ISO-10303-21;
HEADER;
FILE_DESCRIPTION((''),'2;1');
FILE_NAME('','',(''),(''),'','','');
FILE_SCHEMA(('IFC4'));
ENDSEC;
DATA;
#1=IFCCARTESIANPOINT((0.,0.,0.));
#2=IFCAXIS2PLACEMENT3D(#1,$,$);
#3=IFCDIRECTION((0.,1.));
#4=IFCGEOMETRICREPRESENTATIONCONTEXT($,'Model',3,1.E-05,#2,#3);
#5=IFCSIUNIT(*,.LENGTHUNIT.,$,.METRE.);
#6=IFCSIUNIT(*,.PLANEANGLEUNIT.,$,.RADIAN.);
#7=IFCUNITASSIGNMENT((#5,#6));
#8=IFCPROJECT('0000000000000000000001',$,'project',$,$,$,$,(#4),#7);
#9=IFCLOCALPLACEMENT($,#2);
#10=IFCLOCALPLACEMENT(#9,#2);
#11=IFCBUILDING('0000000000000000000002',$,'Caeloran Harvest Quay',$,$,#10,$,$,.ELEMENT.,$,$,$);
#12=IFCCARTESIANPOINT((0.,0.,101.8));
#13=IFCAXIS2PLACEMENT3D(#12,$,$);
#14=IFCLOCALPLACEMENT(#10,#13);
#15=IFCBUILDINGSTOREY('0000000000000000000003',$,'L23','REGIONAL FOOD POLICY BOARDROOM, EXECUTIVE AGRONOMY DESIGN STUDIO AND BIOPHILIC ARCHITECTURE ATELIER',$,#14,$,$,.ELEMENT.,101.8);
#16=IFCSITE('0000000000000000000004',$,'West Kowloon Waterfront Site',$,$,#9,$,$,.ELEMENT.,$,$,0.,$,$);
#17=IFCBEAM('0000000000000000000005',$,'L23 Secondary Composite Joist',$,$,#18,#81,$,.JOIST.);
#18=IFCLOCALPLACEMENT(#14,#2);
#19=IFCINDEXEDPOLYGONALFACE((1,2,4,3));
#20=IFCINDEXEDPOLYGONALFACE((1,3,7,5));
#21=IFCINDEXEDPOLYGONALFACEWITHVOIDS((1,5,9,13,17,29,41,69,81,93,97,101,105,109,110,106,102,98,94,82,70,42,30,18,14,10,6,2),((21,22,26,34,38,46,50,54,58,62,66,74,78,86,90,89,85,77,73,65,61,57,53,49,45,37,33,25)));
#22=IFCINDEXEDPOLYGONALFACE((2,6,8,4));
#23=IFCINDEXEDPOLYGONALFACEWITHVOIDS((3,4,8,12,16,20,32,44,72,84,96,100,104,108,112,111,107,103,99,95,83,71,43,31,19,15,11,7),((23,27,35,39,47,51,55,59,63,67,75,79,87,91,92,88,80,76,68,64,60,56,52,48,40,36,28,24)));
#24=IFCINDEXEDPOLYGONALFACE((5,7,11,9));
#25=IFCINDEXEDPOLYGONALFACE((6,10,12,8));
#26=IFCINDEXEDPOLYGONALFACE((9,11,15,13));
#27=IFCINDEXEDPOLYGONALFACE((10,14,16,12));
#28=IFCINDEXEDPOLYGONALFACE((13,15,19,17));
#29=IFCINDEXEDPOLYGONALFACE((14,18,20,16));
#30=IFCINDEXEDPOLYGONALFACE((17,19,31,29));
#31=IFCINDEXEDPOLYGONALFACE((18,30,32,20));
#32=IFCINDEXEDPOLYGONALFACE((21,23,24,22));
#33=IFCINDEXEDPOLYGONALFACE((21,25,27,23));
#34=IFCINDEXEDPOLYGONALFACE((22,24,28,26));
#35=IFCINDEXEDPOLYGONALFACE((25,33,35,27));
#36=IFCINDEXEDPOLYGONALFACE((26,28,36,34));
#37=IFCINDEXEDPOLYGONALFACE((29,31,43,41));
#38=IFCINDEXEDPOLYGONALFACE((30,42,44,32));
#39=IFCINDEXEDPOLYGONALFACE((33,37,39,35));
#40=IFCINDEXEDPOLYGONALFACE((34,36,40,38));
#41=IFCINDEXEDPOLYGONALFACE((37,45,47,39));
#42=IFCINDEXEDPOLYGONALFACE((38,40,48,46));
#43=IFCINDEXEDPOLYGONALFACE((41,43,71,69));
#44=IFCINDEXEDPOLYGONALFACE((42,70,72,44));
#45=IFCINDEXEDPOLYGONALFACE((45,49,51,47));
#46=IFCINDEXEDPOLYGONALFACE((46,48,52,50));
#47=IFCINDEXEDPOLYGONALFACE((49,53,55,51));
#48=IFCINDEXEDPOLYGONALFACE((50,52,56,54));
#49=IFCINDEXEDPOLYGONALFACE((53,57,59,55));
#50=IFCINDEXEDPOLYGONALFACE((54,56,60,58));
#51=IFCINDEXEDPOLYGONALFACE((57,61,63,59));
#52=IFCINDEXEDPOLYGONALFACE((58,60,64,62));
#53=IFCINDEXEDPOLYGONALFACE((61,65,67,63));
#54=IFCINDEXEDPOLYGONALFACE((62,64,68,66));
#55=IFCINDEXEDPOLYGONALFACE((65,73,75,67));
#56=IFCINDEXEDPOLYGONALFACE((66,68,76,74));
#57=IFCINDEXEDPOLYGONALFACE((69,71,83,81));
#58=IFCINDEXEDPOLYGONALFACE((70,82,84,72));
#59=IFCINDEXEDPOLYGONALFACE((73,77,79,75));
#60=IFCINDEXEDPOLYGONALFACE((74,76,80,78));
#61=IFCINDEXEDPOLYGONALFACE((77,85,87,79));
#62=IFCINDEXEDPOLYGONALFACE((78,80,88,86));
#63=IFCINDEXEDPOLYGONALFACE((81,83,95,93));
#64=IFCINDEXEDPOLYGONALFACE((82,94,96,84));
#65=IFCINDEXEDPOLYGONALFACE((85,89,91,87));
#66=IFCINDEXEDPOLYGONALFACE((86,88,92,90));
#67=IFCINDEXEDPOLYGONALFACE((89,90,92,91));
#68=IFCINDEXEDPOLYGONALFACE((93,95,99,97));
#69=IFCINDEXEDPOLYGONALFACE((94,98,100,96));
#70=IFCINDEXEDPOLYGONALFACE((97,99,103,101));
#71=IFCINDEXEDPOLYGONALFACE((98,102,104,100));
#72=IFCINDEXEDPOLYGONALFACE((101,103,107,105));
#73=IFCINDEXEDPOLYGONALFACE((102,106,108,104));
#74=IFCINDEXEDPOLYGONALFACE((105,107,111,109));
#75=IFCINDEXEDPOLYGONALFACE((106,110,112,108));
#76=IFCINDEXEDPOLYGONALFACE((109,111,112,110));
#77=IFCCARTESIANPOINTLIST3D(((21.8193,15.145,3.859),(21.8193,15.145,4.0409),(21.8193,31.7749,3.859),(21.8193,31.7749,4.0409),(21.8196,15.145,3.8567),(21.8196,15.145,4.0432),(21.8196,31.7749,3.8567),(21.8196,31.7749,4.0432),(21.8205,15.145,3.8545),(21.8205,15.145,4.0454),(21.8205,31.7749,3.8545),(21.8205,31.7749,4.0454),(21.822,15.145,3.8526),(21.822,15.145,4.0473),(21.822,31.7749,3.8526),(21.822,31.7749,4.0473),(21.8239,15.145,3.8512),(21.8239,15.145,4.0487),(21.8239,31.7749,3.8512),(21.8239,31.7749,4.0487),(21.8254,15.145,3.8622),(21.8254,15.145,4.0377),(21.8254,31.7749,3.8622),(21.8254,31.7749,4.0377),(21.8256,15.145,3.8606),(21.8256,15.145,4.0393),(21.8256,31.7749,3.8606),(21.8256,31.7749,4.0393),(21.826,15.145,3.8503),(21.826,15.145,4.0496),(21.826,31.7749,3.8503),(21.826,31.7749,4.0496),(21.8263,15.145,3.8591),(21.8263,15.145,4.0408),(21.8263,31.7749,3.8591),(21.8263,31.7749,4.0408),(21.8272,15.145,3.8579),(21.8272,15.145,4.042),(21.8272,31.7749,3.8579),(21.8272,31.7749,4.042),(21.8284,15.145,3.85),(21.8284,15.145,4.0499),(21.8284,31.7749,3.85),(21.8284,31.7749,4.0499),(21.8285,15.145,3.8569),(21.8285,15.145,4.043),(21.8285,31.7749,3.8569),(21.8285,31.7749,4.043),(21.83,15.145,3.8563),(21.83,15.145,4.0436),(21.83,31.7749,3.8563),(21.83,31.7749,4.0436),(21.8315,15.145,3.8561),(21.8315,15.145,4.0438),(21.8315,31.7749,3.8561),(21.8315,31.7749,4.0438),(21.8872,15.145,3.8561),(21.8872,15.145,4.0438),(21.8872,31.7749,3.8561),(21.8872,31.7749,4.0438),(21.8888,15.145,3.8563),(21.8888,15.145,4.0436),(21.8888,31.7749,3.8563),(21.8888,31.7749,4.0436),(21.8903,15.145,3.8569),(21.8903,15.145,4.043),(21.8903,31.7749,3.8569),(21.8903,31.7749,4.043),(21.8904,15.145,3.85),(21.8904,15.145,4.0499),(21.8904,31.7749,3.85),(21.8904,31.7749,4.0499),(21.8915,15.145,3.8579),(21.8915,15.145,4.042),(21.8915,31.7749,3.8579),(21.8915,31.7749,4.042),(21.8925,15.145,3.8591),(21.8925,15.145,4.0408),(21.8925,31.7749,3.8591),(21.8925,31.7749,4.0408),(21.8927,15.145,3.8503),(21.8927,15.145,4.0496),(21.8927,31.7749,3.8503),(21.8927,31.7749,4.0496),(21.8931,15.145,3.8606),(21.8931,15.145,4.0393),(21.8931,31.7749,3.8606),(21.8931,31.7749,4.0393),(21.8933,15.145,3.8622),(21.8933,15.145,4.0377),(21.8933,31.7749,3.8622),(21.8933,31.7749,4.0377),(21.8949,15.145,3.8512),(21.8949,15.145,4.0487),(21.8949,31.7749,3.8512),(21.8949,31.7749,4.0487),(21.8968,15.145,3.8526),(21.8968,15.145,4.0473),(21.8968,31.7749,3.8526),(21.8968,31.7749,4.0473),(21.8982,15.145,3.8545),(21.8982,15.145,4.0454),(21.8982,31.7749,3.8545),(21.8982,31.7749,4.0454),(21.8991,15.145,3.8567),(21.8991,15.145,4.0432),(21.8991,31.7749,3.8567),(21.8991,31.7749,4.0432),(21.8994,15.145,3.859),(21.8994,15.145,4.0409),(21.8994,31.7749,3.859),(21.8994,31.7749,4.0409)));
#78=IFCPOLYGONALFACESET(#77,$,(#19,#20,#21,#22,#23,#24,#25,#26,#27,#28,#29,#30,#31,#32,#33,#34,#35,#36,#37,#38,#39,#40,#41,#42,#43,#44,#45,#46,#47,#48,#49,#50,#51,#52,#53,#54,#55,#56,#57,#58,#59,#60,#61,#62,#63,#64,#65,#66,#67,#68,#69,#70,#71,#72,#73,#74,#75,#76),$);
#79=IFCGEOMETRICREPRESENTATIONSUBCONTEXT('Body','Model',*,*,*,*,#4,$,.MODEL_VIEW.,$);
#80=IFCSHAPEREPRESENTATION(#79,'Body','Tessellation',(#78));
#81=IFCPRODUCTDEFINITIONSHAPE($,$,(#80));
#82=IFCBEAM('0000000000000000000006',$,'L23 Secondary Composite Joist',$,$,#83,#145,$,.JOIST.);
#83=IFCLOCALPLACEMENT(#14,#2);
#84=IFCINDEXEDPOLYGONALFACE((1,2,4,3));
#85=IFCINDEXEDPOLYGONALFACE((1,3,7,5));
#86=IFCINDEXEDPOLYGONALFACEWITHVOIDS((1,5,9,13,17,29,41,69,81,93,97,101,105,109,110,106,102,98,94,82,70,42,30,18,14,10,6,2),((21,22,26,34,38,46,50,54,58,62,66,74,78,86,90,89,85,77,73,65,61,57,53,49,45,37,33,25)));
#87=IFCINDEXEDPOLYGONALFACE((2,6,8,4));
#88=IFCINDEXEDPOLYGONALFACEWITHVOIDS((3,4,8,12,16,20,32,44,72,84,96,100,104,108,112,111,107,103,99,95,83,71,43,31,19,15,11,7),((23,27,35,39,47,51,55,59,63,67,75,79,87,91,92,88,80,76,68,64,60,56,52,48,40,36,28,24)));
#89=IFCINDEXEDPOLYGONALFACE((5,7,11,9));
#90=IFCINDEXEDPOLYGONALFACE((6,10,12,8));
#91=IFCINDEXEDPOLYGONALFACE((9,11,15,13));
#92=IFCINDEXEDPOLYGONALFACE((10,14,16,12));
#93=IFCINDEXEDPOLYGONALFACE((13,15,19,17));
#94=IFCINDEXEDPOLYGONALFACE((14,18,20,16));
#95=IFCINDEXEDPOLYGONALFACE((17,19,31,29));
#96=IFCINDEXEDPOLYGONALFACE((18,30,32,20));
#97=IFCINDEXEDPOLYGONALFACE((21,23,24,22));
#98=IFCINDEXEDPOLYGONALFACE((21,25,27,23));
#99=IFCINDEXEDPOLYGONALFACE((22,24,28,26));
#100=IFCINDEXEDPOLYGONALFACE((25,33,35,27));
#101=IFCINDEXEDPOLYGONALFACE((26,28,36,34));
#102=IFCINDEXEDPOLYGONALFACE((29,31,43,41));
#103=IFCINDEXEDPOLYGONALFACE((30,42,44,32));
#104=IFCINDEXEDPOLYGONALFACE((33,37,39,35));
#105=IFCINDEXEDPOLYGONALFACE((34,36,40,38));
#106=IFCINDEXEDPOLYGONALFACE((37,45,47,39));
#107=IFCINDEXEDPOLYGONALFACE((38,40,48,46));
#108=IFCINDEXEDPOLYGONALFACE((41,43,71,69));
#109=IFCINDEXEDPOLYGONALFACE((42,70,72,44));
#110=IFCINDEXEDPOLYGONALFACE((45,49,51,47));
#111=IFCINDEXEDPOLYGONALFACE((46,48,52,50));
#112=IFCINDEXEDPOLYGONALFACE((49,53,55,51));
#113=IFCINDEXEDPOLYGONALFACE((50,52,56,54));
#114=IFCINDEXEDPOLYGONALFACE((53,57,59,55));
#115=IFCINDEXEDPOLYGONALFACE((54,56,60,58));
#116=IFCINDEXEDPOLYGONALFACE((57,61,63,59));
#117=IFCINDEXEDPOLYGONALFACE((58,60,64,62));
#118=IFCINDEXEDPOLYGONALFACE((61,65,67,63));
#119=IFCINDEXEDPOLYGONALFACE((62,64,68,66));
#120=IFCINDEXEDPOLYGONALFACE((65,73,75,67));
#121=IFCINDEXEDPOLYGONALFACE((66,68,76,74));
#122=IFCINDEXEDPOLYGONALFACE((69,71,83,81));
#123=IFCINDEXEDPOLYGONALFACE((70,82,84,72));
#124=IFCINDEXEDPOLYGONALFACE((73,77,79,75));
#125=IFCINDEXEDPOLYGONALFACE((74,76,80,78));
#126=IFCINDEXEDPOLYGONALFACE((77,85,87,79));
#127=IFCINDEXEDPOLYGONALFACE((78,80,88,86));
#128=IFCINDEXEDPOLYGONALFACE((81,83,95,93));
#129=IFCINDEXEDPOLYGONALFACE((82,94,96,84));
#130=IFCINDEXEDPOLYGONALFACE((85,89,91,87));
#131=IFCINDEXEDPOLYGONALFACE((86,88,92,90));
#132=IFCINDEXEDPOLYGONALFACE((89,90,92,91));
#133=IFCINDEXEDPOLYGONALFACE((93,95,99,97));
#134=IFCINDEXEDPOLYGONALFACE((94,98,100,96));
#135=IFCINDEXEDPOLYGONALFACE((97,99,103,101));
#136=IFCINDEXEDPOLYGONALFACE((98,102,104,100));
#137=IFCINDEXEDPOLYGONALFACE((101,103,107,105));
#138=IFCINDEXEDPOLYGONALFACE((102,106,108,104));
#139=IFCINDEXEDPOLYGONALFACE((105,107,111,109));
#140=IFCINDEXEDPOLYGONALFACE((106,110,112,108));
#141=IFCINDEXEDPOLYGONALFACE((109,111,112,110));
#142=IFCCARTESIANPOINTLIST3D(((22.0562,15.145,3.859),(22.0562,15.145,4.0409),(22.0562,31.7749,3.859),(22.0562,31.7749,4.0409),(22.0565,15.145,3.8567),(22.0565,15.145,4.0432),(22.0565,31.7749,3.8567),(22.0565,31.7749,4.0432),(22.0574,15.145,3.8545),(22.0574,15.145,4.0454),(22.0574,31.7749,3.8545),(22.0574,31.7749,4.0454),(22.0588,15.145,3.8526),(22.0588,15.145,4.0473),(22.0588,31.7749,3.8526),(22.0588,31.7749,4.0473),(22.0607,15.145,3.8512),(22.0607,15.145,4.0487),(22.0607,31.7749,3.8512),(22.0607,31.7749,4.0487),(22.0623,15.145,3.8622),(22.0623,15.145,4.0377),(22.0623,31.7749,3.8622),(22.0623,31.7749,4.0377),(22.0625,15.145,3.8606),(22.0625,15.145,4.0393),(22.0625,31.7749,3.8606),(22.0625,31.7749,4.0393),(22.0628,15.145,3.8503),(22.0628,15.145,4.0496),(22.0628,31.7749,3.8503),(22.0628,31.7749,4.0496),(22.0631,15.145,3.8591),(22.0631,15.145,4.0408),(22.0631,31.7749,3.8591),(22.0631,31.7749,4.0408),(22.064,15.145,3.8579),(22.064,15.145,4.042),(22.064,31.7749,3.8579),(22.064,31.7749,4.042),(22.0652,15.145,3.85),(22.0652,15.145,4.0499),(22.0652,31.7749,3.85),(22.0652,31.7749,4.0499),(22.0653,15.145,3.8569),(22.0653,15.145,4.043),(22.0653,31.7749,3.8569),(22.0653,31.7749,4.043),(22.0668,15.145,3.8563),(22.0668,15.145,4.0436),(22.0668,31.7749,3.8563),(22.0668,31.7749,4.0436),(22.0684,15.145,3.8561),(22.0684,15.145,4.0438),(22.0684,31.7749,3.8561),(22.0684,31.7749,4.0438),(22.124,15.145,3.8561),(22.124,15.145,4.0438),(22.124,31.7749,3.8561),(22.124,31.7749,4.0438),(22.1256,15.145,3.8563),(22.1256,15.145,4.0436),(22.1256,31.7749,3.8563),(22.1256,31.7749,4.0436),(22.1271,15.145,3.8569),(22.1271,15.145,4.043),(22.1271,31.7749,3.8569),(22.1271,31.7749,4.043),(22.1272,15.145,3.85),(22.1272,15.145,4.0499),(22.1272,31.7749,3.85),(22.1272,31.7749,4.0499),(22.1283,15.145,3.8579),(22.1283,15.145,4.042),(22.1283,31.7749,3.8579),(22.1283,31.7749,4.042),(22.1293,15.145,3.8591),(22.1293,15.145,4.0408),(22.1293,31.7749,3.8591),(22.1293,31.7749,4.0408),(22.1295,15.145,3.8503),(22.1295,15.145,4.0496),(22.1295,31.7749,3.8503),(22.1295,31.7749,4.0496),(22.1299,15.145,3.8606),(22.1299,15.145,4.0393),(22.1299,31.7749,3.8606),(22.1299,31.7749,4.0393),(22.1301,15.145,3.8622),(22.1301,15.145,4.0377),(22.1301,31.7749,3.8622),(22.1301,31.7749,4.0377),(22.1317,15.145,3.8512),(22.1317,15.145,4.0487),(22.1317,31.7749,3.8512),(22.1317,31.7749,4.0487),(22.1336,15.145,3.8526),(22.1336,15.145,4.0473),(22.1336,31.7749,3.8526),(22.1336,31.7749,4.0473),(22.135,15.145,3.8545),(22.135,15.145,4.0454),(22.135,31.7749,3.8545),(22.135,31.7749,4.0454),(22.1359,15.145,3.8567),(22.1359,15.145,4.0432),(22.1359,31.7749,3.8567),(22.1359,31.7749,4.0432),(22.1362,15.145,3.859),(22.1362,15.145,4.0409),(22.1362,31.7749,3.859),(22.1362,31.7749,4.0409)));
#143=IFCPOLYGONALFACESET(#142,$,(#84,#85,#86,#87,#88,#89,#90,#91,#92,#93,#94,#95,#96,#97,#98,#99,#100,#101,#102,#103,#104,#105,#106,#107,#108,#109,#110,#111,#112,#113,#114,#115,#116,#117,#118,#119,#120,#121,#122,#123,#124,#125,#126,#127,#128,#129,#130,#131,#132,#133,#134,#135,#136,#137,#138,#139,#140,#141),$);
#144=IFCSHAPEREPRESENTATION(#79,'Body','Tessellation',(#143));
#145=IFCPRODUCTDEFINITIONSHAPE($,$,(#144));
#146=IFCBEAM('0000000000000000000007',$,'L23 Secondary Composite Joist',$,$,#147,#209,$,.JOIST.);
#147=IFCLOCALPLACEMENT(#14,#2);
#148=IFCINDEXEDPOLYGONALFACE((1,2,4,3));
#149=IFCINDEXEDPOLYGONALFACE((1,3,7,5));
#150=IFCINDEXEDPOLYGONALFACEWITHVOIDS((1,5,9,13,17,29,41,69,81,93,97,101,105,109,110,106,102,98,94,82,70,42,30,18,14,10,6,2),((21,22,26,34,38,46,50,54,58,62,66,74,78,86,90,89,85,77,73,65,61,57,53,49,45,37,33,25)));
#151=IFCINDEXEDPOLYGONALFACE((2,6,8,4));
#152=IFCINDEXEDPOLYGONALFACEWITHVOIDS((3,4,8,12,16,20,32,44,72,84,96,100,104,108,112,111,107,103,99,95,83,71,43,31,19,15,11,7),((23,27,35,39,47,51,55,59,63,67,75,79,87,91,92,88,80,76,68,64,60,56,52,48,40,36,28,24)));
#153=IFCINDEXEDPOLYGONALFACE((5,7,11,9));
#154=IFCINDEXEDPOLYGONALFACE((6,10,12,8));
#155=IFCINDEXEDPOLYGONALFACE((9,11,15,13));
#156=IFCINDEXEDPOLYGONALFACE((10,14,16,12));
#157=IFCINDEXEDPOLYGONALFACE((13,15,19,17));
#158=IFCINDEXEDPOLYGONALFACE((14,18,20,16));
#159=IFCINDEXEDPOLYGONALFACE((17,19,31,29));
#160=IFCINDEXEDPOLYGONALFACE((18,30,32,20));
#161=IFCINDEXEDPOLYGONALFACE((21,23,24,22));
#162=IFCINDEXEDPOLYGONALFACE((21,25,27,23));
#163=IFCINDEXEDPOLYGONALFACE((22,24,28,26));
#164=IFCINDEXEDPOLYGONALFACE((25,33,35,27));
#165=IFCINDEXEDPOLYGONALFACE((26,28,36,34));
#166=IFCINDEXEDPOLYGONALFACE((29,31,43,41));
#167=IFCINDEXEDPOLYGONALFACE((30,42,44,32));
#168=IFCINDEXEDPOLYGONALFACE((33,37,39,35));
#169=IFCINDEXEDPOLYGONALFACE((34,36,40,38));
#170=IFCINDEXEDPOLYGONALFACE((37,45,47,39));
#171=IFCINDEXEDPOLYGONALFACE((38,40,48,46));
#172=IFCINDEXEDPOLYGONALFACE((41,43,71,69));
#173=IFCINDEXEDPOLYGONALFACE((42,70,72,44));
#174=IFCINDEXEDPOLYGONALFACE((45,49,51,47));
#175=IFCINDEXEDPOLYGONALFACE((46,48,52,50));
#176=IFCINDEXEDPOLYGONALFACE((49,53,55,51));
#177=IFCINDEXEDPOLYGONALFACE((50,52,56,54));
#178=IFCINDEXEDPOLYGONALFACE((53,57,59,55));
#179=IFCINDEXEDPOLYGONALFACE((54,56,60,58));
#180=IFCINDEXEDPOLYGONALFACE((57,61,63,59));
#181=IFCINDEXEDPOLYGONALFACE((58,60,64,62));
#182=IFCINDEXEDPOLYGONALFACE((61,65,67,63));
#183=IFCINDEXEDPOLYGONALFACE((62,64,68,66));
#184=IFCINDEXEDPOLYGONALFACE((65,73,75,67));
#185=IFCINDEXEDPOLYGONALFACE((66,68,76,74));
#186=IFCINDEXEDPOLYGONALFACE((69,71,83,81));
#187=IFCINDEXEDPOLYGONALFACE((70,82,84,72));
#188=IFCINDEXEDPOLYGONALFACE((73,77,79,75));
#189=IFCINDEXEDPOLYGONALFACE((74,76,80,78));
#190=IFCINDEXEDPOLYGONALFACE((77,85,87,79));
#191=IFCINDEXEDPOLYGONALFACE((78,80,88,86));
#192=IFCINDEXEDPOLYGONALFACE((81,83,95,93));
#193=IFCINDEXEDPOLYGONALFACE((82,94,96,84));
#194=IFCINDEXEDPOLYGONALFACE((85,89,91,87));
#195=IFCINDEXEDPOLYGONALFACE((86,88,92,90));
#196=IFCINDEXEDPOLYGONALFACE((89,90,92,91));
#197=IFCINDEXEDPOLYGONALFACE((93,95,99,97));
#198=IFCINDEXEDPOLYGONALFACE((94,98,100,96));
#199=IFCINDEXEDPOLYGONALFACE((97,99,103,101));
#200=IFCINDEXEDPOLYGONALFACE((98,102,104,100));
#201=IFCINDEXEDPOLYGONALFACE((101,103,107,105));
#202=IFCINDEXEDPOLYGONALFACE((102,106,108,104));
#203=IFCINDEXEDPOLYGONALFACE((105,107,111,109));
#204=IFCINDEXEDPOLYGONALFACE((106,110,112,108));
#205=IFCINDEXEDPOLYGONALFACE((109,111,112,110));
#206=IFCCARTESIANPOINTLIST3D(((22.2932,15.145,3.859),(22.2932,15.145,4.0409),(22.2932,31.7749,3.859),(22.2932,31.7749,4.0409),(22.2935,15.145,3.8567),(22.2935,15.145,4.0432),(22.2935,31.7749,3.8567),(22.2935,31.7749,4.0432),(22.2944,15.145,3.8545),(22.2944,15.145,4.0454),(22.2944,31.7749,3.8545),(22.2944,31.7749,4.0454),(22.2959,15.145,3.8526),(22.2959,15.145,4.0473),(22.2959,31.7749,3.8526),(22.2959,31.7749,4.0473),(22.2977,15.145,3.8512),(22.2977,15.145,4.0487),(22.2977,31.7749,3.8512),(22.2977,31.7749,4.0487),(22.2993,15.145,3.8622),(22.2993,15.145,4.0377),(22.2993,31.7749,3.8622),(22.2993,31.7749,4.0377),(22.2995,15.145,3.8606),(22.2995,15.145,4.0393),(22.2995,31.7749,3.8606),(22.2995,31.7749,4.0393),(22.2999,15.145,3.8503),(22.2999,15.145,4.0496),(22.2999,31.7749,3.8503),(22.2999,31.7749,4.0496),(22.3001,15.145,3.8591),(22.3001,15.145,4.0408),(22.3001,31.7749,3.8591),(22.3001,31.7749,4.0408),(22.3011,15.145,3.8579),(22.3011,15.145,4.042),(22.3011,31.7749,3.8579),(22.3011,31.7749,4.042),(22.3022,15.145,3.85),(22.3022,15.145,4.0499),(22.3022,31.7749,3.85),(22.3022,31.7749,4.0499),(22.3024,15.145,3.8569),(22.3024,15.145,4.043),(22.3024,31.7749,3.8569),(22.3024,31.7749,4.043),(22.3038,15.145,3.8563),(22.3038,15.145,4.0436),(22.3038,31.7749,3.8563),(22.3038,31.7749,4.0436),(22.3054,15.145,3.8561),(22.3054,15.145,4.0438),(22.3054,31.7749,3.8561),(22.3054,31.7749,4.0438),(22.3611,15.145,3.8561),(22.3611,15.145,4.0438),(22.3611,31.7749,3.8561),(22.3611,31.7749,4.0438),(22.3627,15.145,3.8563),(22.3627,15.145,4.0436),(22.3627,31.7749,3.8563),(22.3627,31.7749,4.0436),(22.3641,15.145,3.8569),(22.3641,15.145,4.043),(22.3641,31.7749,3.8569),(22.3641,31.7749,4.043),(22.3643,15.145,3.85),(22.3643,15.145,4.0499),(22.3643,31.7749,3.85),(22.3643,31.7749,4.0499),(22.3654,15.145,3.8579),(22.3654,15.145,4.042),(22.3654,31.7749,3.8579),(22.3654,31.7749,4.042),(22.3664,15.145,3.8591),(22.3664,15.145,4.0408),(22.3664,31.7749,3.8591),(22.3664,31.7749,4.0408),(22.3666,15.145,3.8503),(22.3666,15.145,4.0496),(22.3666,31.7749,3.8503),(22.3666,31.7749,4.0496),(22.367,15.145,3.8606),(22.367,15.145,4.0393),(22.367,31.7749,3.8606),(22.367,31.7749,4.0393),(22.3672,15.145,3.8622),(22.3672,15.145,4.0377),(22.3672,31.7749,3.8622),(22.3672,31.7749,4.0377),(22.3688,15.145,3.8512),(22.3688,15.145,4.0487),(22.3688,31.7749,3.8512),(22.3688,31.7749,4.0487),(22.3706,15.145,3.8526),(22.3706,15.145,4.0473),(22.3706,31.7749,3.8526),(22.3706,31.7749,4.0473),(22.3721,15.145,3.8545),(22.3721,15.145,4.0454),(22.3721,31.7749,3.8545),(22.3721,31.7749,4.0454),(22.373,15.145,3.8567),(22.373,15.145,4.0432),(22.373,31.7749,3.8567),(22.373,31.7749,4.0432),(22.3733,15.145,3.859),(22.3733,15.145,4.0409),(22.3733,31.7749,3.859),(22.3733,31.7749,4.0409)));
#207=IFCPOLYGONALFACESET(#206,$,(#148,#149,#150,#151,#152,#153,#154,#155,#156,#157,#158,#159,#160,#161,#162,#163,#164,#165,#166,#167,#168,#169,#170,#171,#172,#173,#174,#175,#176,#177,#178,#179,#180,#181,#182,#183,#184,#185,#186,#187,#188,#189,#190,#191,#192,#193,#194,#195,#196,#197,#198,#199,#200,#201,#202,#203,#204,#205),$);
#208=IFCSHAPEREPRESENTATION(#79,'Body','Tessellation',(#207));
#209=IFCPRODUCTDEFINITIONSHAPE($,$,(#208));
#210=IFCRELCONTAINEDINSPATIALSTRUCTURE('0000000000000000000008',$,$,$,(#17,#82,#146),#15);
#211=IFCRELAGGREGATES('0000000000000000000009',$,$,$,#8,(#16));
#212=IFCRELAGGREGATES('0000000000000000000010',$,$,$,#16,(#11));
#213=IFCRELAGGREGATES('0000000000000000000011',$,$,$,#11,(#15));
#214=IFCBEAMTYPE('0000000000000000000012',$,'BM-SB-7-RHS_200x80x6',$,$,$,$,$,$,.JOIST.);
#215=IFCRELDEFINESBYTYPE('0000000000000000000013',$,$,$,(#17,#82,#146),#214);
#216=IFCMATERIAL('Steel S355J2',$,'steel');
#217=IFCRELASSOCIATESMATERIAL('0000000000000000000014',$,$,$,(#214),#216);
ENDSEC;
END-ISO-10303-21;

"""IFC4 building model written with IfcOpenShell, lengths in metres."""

from ifc_helpers import new_model, si_unit, direction, frame, origin, origin_2d, place, context, subcontext, project, spatial, hollow_rectangle, extrude, material, material_profile, profile_set, type_object, element, save


model = new_model("IFC4")

# Units and contexts
model_context = context("Model", 3, precision=1e-05, world=origin(), true_north=direction((0.0, 1.0)))
body_context = subcontext(model_context, "Body", "Model", "MODEL_VIEW")
ifc_project = project(units=[si_unit("LENGTHUNIT", "METRE"), si_unit("PLANEANGLEUNIT", "RADIAN")], contexts=[model_context])

# Site, building, storey
site_placement = place(None, origin())
site = spatial("IfcSite", under=ifc_project, at=site_placement, Name="West Kowloon Waterfront Site", CompositionType="ELEMENT", RefElevation=0.0)
building_placement = place(site_placement, origin())
building = spatial("IfcBuilding", under=site, at=building_placement, Name="Caeloran Harvest Quay", CompositionType="ELEMENT")
storey_placement = place(building_placement, frame((0.0, 0.0, 101.8)))
storey = spatial("IfcBuildingStorey", under=building, at=storey_placement, Name="L23", Description="REGIONAL FOOD POLICY BOARDROOM, EXECUTIVE AGRONOMY DESIGN STUDIO AND BIOPHILIC ARCHITECTURE ATELIER", CompositionType="ELEMENT", Elevation=101.8)

# Beams
ifc_material_1 = material(Name="Steel S355J2", Category="steel")
ifc_material_profile_1 = material_profile(ifc_material_1, hollow_rectangle(XDim=0.0801, YDim=0.2, WallThickness=0.0061, InnerFilletRadius=0.0061, OuterFilletRadius=0.009, at=origin_2d()), Name="RHS 200x80x6")
ifc_profile_set_1 = profile_set([ifc_material_profile_1], Name="Steel S355J2")
beam_type_1 = type_object("IfcBeamType", Name="BM-SB-7-RHS_200x80x6", PredefinedType="JOIST", material=ifc_profile_set_1)
for number, where, z_axis, x_axis, name in (
    (1, (21.8594, 15.145, 3.95), (0.0, 1.0, 0.0), (-1.0, 0.0, 0.0), "L23 Secondary Composite Joist"),
    (2, (22.0962, 15.145, 3.95), (0.0, 1.0, 0.0), (-1.0, 0.0, 0.0), "L23 Secondary Composite Joist"),
    (3, (22.3333, 15.145, 3.95), (0.0, 1.0, 0.0), (-1.0, 0.0, 0.0), "L23 Secondary Composite Joist"),
):
    element("IfcBeam", number, at=place(storey_placement, frame(where, z_axis=z_axis, x_axis=x_axis)), inside=storey, type_object=beam_type_1, Name=name, PredefinedType="JOIST", context=body_context, shape_type="SweptSolid", body=[
        extrude(hollow_rectangle(XDim=0.0801, YDim=0.2, WallThickness=0.0061, InnerFilletRadius=0.0061, OuterFilletRadius=0.009, at=origin_2d()), origin(), (0.0, 0.0, 1.0), 16.6299),
    ])

save(model, "model.ifc")
